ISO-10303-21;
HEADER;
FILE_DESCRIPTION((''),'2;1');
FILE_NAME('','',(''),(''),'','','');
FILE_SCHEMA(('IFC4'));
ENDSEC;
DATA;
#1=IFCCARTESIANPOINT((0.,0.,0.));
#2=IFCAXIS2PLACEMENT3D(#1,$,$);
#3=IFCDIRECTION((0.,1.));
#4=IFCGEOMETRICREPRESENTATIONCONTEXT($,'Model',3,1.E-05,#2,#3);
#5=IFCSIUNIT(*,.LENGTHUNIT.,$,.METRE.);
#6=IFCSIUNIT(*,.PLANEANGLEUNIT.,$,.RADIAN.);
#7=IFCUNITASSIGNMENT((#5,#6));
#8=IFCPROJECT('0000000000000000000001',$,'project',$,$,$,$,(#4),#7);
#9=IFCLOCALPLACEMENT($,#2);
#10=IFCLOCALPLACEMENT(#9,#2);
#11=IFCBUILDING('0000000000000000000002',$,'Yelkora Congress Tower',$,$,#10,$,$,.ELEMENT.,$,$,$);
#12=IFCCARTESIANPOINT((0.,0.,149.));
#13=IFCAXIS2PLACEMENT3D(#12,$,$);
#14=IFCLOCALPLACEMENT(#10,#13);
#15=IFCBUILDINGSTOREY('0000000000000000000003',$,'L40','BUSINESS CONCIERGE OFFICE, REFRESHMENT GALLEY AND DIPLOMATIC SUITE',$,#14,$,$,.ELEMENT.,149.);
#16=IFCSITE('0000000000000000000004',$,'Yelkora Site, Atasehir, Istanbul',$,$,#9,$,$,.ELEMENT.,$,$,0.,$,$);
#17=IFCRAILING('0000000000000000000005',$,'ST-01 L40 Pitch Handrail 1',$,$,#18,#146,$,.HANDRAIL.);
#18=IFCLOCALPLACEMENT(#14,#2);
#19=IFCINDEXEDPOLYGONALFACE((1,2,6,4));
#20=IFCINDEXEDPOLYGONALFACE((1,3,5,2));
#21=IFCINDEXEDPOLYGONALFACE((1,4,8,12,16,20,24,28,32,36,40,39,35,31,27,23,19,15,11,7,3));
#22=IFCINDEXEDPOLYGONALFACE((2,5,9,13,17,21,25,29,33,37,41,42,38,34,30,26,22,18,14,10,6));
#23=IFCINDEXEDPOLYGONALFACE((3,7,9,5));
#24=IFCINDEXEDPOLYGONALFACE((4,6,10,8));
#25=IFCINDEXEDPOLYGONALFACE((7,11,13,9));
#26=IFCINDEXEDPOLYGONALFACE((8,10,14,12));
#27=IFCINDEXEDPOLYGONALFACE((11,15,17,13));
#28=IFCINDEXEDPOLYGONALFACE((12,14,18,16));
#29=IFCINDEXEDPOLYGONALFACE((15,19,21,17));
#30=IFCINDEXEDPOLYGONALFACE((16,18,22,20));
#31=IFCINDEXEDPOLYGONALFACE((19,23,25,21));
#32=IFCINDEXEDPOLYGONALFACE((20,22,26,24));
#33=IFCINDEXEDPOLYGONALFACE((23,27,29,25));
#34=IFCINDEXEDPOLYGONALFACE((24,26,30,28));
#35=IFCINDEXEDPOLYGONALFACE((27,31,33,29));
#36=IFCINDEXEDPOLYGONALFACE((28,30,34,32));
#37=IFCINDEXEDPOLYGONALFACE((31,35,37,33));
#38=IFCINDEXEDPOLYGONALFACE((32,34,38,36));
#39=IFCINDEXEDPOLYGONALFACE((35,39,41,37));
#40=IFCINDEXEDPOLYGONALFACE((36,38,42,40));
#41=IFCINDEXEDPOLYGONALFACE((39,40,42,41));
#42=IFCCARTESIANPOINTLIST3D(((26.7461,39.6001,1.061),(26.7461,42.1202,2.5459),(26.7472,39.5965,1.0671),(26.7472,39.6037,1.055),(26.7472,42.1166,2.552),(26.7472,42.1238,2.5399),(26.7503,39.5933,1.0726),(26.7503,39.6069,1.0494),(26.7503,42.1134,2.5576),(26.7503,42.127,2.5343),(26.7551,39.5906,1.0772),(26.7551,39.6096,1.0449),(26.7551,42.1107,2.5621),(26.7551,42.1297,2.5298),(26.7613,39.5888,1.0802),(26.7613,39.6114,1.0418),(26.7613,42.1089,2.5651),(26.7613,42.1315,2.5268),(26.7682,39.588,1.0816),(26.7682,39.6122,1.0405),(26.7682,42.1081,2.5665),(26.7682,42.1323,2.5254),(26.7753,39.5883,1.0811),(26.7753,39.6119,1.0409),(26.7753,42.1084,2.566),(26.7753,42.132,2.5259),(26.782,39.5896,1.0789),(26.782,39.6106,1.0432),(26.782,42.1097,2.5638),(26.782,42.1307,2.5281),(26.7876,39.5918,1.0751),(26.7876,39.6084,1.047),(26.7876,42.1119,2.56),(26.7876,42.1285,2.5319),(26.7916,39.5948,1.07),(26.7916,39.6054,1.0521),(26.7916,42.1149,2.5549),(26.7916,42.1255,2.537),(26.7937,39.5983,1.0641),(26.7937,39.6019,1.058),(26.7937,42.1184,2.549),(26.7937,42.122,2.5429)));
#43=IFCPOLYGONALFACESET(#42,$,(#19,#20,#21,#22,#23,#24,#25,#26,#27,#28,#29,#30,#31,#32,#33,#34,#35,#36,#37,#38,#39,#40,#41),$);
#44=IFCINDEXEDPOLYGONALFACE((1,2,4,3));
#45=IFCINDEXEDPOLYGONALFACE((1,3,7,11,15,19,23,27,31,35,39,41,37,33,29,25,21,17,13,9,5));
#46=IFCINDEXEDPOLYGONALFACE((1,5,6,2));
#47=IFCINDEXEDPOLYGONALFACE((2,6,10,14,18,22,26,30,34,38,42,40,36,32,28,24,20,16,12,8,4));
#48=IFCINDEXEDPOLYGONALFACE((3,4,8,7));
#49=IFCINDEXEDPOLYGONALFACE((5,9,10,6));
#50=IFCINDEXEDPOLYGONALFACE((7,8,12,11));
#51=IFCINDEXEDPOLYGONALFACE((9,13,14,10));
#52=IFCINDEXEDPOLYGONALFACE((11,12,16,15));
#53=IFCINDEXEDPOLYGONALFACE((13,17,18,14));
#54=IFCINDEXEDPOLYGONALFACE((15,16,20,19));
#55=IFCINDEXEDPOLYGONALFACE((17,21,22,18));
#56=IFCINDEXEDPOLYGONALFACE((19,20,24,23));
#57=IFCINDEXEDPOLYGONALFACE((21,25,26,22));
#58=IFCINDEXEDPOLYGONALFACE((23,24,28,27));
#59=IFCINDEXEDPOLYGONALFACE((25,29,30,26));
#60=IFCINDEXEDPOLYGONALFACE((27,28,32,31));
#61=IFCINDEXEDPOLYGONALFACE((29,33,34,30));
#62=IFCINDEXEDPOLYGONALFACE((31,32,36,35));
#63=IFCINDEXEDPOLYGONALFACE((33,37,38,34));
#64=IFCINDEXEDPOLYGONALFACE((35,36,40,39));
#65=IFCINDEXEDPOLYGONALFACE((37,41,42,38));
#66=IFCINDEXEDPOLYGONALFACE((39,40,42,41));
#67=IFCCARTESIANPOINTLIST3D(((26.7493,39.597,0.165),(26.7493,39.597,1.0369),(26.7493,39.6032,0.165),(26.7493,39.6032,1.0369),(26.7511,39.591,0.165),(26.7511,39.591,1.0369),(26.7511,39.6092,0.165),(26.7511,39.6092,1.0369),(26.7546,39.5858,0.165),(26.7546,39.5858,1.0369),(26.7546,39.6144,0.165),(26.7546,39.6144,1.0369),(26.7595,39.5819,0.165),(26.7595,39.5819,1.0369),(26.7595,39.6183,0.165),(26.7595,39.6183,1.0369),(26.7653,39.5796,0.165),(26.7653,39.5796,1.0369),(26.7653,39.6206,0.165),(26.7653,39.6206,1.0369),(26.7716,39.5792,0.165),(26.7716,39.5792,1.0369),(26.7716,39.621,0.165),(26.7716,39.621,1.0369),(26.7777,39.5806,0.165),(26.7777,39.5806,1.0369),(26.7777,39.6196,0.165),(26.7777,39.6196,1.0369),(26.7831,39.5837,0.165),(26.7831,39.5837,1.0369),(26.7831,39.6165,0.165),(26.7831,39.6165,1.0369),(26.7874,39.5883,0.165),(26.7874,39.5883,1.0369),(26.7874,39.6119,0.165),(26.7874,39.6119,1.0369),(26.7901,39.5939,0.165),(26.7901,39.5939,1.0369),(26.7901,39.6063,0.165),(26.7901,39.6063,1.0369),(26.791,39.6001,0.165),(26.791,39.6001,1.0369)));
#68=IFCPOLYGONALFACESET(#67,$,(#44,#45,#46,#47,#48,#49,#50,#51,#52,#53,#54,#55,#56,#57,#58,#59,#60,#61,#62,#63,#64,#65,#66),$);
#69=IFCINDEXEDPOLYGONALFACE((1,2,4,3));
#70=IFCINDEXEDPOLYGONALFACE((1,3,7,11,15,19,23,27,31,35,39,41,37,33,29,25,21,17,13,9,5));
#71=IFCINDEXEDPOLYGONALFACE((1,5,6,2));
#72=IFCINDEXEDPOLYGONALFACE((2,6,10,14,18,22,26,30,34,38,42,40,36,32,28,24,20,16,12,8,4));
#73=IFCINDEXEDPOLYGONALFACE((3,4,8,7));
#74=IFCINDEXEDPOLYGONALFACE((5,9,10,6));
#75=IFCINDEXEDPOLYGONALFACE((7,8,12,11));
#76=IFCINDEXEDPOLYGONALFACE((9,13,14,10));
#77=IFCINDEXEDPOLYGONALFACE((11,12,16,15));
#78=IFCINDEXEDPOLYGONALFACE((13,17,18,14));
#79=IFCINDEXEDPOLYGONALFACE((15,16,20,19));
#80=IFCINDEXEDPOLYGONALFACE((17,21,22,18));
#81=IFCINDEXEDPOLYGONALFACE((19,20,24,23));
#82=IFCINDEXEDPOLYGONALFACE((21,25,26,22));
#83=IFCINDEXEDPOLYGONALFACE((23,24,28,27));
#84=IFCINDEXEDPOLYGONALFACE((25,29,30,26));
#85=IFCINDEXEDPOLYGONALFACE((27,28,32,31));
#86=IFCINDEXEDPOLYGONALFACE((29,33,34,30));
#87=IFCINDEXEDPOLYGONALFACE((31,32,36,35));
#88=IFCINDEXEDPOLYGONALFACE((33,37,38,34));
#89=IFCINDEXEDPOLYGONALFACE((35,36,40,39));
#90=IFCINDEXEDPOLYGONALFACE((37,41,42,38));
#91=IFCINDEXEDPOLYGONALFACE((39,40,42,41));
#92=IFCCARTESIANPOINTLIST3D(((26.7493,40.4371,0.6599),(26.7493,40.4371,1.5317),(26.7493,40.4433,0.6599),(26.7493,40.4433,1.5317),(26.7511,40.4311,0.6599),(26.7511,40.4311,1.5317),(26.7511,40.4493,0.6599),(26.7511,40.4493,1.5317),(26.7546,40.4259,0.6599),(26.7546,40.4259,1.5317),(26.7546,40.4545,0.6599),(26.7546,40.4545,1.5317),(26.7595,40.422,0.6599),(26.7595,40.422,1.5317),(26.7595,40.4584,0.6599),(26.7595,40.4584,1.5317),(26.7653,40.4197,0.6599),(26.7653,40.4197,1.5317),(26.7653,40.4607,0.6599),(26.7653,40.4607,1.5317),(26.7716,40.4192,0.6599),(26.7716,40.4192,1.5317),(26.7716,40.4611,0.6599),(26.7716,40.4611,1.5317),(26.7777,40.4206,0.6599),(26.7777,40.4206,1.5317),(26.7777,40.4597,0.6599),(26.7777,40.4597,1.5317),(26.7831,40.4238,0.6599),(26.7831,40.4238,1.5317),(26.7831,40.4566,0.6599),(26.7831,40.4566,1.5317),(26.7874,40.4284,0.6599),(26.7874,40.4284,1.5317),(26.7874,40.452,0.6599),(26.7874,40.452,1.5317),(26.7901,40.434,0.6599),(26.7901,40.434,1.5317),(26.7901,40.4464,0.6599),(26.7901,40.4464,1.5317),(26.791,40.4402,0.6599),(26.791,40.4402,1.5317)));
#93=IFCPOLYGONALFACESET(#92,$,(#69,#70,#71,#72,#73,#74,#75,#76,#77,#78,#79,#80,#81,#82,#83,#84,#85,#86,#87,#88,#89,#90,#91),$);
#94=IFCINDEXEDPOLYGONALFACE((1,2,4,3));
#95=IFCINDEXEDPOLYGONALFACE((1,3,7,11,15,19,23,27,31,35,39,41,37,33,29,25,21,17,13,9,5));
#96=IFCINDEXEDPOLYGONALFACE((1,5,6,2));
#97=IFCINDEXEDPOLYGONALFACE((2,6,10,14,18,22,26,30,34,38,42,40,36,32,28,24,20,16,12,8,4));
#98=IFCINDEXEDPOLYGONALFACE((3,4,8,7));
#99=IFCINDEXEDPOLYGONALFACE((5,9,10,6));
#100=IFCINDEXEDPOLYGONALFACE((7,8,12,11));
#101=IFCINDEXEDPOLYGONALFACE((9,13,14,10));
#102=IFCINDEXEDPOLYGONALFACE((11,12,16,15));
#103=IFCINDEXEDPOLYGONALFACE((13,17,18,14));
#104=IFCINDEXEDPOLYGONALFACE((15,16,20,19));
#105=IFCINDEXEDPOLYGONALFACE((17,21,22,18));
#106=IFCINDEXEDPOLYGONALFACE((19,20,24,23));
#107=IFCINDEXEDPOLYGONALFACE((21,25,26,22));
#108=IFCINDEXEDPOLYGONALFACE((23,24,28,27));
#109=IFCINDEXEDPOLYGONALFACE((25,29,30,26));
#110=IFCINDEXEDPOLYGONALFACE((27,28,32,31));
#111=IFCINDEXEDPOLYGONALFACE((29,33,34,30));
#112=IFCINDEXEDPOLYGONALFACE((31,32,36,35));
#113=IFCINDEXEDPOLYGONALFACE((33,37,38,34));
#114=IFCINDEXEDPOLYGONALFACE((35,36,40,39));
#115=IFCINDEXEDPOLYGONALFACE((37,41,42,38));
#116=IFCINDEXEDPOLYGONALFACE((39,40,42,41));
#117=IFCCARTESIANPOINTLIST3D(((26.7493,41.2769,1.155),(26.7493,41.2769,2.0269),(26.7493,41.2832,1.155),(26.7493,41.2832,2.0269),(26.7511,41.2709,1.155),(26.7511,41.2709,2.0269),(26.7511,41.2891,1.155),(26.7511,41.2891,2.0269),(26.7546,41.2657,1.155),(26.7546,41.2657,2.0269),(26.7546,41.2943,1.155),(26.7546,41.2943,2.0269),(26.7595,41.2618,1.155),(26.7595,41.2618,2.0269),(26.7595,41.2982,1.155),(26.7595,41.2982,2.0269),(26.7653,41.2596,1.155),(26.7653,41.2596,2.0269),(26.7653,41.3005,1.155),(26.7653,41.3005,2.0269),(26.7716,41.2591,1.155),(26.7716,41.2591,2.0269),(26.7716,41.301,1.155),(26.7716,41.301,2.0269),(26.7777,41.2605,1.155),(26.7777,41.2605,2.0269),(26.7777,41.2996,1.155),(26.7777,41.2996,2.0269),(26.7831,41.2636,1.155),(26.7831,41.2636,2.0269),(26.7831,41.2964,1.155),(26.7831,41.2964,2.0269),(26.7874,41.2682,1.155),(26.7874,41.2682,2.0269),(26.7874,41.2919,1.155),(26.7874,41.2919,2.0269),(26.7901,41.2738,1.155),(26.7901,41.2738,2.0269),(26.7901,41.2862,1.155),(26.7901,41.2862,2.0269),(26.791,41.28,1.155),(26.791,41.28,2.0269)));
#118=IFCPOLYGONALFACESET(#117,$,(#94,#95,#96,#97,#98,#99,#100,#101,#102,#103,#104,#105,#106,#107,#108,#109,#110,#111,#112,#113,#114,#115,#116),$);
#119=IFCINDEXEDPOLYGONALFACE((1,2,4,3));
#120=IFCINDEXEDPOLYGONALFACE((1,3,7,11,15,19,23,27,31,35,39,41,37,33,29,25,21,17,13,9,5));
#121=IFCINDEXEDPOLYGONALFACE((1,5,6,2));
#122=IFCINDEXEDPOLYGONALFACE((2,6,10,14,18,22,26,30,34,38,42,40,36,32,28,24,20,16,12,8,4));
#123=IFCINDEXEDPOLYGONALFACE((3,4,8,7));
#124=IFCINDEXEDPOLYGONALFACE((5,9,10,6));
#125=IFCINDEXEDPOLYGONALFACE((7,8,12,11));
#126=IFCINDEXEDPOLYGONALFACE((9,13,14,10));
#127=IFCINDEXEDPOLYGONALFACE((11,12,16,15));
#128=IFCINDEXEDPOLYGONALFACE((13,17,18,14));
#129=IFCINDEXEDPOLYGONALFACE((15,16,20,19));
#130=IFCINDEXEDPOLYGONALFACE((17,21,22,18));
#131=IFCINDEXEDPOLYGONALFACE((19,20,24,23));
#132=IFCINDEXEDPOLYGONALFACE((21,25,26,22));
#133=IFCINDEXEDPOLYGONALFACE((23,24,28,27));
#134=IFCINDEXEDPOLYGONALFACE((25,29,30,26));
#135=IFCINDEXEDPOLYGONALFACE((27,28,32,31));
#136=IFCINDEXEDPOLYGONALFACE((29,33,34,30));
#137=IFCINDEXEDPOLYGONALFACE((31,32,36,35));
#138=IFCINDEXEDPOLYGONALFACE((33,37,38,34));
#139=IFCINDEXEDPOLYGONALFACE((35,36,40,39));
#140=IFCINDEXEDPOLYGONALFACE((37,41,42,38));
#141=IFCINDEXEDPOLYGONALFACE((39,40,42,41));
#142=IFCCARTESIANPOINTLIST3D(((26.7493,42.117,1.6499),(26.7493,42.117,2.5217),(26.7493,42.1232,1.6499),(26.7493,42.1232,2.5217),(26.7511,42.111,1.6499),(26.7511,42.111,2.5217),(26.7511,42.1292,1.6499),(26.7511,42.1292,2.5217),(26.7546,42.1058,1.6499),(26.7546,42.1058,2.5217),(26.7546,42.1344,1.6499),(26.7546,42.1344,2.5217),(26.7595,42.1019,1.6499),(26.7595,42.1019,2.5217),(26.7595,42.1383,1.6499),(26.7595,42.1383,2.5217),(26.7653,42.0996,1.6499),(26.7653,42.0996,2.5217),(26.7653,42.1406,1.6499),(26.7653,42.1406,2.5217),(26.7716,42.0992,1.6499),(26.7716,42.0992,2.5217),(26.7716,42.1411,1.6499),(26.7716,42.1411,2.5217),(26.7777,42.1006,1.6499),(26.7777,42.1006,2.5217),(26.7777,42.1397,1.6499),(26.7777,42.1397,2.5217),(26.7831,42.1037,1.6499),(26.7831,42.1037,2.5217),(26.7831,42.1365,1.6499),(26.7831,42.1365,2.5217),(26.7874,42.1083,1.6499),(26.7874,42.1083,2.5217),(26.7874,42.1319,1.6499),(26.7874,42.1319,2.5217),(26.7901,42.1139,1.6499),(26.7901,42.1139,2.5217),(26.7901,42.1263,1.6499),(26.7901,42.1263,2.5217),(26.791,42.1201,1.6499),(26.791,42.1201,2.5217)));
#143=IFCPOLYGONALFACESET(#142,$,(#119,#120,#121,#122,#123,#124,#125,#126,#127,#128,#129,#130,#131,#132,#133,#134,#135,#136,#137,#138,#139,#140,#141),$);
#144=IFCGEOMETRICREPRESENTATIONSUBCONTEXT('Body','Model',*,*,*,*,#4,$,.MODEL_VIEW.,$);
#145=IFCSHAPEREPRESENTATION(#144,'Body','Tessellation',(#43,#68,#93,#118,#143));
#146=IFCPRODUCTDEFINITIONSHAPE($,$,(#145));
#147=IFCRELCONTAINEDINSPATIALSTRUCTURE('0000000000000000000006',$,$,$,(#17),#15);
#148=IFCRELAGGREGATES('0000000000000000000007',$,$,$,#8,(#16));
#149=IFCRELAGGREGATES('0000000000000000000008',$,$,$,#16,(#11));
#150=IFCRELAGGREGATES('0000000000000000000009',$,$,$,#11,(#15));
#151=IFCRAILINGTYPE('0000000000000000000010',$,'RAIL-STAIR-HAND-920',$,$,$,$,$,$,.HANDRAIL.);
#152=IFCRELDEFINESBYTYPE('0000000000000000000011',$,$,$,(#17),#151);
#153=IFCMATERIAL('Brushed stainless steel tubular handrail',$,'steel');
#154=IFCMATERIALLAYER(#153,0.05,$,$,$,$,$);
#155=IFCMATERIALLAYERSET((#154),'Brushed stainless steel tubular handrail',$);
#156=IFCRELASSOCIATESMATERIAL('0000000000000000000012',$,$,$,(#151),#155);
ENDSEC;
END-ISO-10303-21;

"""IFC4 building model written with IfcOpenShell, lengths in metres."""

from ifc_helpers import new_model, si_unit, direction, frame, origin, origin_2d, place, context, subcontext, project, spatial, circle, extrude, material, layer, layer_set, type_object, element, save


model = new_model("IFC4")

# Units and contexts
model_context = context("Model", 3, precision=1e-05, world=origin(), true_north=direction((0.0, 1.0)))
body_context = subcontext(model_context, "Body", "Model", "MODEL_VIEW")
ifc_project = project(units=[si_unit("LENGTHUNIT", "METRE"), si_unit("PLANEANGLEUNIT", "RADIAN")], contexts=[model_context])

# Site, building, storey
site_placement = place(None, origin())
site = spatial("IfcSite", under=ifc_project, at=site_placement, Name="Yelkora Site, Atasehir, Istanbul", CompositionType="ELEMENT", RefElevation=0.0)
building_placement = place(site_placement, origin())
building = spatial("IfcBuilding", under=site, at=building_placement, Name="Yelkora Congress Tower", CompositionType="ELEMENT")
storey_placement = place(building_placement, frame((0.0, 0.0, 149.0)))
storey = spatial("IfcBuildingStorey", under=building, at=storey_placement, Name="L40", Description="BUSINESS CONCIERGE OFFICE, REFRESHMENT GALLEY AND DIPLOMATIC SUITE", CompositionType="ELEMENT", Elevation=149.0)

# Railing
ifc_material_1 = material(Name="Brushed stainless steel tubular handrail", Category="steel")
ifc_layer_1 = layer(ifc_material_1, 0.05)
ifc_layer_set_1 = layer_set([ifc_layer_1], Name="Brushed stainless steel tubular handrail")
railing_type_1 = type_object("IfcRailingType", Name="RAIL-STAIR-HAND-920", PredefinedType="HANDRAIL", material=ifc_layer_set_1)
railing_1_placement = place(storey_placement, frame((26.77, 39.6001, 0.165)))
element("IfcRailing", 1, at=railing_1_placement, inside=storey, type_object=railing_type_1, Name="ST-01 L40 Pitch Handrail 1", PredefinedType="HANDRAIL", context=body_context, shape_type="SweptSolid", body=[
    extrude(circle(Radius=0.0239, at=origin_2d()), frame((0.0, 0.0, 0.896), z_axis=(0.0, 0.861561, 0.507655), x_axis=(-1.0, 0.0, 0.0)), (0.0, 0.0, 1.0), 2.925),
    extrude(circle(Radius=0.021, at=origin_2d()), origin(), (0.0, 0.0, 1.0), 0.8718),
    extrude(circle(Radius=0.021, at=origin_2d()), frame((0.0, 0.8401, 0.4949)), (0.0, 0.0, 1.0), 0.8718),
    extrude(circle(Radius=0.021, at=origin_2d()), frame((0.0, 1.6799, 0.99)), (0.0, 0.0, 1.0), 0.8718),
    extrude(circle(Radius=0.021, at=origin_2d()), frame((0.0, 2.52, 1.4849)), (0.0, 0.0, 1.0), 0.8718),
])

save(model, "model.ifc")
